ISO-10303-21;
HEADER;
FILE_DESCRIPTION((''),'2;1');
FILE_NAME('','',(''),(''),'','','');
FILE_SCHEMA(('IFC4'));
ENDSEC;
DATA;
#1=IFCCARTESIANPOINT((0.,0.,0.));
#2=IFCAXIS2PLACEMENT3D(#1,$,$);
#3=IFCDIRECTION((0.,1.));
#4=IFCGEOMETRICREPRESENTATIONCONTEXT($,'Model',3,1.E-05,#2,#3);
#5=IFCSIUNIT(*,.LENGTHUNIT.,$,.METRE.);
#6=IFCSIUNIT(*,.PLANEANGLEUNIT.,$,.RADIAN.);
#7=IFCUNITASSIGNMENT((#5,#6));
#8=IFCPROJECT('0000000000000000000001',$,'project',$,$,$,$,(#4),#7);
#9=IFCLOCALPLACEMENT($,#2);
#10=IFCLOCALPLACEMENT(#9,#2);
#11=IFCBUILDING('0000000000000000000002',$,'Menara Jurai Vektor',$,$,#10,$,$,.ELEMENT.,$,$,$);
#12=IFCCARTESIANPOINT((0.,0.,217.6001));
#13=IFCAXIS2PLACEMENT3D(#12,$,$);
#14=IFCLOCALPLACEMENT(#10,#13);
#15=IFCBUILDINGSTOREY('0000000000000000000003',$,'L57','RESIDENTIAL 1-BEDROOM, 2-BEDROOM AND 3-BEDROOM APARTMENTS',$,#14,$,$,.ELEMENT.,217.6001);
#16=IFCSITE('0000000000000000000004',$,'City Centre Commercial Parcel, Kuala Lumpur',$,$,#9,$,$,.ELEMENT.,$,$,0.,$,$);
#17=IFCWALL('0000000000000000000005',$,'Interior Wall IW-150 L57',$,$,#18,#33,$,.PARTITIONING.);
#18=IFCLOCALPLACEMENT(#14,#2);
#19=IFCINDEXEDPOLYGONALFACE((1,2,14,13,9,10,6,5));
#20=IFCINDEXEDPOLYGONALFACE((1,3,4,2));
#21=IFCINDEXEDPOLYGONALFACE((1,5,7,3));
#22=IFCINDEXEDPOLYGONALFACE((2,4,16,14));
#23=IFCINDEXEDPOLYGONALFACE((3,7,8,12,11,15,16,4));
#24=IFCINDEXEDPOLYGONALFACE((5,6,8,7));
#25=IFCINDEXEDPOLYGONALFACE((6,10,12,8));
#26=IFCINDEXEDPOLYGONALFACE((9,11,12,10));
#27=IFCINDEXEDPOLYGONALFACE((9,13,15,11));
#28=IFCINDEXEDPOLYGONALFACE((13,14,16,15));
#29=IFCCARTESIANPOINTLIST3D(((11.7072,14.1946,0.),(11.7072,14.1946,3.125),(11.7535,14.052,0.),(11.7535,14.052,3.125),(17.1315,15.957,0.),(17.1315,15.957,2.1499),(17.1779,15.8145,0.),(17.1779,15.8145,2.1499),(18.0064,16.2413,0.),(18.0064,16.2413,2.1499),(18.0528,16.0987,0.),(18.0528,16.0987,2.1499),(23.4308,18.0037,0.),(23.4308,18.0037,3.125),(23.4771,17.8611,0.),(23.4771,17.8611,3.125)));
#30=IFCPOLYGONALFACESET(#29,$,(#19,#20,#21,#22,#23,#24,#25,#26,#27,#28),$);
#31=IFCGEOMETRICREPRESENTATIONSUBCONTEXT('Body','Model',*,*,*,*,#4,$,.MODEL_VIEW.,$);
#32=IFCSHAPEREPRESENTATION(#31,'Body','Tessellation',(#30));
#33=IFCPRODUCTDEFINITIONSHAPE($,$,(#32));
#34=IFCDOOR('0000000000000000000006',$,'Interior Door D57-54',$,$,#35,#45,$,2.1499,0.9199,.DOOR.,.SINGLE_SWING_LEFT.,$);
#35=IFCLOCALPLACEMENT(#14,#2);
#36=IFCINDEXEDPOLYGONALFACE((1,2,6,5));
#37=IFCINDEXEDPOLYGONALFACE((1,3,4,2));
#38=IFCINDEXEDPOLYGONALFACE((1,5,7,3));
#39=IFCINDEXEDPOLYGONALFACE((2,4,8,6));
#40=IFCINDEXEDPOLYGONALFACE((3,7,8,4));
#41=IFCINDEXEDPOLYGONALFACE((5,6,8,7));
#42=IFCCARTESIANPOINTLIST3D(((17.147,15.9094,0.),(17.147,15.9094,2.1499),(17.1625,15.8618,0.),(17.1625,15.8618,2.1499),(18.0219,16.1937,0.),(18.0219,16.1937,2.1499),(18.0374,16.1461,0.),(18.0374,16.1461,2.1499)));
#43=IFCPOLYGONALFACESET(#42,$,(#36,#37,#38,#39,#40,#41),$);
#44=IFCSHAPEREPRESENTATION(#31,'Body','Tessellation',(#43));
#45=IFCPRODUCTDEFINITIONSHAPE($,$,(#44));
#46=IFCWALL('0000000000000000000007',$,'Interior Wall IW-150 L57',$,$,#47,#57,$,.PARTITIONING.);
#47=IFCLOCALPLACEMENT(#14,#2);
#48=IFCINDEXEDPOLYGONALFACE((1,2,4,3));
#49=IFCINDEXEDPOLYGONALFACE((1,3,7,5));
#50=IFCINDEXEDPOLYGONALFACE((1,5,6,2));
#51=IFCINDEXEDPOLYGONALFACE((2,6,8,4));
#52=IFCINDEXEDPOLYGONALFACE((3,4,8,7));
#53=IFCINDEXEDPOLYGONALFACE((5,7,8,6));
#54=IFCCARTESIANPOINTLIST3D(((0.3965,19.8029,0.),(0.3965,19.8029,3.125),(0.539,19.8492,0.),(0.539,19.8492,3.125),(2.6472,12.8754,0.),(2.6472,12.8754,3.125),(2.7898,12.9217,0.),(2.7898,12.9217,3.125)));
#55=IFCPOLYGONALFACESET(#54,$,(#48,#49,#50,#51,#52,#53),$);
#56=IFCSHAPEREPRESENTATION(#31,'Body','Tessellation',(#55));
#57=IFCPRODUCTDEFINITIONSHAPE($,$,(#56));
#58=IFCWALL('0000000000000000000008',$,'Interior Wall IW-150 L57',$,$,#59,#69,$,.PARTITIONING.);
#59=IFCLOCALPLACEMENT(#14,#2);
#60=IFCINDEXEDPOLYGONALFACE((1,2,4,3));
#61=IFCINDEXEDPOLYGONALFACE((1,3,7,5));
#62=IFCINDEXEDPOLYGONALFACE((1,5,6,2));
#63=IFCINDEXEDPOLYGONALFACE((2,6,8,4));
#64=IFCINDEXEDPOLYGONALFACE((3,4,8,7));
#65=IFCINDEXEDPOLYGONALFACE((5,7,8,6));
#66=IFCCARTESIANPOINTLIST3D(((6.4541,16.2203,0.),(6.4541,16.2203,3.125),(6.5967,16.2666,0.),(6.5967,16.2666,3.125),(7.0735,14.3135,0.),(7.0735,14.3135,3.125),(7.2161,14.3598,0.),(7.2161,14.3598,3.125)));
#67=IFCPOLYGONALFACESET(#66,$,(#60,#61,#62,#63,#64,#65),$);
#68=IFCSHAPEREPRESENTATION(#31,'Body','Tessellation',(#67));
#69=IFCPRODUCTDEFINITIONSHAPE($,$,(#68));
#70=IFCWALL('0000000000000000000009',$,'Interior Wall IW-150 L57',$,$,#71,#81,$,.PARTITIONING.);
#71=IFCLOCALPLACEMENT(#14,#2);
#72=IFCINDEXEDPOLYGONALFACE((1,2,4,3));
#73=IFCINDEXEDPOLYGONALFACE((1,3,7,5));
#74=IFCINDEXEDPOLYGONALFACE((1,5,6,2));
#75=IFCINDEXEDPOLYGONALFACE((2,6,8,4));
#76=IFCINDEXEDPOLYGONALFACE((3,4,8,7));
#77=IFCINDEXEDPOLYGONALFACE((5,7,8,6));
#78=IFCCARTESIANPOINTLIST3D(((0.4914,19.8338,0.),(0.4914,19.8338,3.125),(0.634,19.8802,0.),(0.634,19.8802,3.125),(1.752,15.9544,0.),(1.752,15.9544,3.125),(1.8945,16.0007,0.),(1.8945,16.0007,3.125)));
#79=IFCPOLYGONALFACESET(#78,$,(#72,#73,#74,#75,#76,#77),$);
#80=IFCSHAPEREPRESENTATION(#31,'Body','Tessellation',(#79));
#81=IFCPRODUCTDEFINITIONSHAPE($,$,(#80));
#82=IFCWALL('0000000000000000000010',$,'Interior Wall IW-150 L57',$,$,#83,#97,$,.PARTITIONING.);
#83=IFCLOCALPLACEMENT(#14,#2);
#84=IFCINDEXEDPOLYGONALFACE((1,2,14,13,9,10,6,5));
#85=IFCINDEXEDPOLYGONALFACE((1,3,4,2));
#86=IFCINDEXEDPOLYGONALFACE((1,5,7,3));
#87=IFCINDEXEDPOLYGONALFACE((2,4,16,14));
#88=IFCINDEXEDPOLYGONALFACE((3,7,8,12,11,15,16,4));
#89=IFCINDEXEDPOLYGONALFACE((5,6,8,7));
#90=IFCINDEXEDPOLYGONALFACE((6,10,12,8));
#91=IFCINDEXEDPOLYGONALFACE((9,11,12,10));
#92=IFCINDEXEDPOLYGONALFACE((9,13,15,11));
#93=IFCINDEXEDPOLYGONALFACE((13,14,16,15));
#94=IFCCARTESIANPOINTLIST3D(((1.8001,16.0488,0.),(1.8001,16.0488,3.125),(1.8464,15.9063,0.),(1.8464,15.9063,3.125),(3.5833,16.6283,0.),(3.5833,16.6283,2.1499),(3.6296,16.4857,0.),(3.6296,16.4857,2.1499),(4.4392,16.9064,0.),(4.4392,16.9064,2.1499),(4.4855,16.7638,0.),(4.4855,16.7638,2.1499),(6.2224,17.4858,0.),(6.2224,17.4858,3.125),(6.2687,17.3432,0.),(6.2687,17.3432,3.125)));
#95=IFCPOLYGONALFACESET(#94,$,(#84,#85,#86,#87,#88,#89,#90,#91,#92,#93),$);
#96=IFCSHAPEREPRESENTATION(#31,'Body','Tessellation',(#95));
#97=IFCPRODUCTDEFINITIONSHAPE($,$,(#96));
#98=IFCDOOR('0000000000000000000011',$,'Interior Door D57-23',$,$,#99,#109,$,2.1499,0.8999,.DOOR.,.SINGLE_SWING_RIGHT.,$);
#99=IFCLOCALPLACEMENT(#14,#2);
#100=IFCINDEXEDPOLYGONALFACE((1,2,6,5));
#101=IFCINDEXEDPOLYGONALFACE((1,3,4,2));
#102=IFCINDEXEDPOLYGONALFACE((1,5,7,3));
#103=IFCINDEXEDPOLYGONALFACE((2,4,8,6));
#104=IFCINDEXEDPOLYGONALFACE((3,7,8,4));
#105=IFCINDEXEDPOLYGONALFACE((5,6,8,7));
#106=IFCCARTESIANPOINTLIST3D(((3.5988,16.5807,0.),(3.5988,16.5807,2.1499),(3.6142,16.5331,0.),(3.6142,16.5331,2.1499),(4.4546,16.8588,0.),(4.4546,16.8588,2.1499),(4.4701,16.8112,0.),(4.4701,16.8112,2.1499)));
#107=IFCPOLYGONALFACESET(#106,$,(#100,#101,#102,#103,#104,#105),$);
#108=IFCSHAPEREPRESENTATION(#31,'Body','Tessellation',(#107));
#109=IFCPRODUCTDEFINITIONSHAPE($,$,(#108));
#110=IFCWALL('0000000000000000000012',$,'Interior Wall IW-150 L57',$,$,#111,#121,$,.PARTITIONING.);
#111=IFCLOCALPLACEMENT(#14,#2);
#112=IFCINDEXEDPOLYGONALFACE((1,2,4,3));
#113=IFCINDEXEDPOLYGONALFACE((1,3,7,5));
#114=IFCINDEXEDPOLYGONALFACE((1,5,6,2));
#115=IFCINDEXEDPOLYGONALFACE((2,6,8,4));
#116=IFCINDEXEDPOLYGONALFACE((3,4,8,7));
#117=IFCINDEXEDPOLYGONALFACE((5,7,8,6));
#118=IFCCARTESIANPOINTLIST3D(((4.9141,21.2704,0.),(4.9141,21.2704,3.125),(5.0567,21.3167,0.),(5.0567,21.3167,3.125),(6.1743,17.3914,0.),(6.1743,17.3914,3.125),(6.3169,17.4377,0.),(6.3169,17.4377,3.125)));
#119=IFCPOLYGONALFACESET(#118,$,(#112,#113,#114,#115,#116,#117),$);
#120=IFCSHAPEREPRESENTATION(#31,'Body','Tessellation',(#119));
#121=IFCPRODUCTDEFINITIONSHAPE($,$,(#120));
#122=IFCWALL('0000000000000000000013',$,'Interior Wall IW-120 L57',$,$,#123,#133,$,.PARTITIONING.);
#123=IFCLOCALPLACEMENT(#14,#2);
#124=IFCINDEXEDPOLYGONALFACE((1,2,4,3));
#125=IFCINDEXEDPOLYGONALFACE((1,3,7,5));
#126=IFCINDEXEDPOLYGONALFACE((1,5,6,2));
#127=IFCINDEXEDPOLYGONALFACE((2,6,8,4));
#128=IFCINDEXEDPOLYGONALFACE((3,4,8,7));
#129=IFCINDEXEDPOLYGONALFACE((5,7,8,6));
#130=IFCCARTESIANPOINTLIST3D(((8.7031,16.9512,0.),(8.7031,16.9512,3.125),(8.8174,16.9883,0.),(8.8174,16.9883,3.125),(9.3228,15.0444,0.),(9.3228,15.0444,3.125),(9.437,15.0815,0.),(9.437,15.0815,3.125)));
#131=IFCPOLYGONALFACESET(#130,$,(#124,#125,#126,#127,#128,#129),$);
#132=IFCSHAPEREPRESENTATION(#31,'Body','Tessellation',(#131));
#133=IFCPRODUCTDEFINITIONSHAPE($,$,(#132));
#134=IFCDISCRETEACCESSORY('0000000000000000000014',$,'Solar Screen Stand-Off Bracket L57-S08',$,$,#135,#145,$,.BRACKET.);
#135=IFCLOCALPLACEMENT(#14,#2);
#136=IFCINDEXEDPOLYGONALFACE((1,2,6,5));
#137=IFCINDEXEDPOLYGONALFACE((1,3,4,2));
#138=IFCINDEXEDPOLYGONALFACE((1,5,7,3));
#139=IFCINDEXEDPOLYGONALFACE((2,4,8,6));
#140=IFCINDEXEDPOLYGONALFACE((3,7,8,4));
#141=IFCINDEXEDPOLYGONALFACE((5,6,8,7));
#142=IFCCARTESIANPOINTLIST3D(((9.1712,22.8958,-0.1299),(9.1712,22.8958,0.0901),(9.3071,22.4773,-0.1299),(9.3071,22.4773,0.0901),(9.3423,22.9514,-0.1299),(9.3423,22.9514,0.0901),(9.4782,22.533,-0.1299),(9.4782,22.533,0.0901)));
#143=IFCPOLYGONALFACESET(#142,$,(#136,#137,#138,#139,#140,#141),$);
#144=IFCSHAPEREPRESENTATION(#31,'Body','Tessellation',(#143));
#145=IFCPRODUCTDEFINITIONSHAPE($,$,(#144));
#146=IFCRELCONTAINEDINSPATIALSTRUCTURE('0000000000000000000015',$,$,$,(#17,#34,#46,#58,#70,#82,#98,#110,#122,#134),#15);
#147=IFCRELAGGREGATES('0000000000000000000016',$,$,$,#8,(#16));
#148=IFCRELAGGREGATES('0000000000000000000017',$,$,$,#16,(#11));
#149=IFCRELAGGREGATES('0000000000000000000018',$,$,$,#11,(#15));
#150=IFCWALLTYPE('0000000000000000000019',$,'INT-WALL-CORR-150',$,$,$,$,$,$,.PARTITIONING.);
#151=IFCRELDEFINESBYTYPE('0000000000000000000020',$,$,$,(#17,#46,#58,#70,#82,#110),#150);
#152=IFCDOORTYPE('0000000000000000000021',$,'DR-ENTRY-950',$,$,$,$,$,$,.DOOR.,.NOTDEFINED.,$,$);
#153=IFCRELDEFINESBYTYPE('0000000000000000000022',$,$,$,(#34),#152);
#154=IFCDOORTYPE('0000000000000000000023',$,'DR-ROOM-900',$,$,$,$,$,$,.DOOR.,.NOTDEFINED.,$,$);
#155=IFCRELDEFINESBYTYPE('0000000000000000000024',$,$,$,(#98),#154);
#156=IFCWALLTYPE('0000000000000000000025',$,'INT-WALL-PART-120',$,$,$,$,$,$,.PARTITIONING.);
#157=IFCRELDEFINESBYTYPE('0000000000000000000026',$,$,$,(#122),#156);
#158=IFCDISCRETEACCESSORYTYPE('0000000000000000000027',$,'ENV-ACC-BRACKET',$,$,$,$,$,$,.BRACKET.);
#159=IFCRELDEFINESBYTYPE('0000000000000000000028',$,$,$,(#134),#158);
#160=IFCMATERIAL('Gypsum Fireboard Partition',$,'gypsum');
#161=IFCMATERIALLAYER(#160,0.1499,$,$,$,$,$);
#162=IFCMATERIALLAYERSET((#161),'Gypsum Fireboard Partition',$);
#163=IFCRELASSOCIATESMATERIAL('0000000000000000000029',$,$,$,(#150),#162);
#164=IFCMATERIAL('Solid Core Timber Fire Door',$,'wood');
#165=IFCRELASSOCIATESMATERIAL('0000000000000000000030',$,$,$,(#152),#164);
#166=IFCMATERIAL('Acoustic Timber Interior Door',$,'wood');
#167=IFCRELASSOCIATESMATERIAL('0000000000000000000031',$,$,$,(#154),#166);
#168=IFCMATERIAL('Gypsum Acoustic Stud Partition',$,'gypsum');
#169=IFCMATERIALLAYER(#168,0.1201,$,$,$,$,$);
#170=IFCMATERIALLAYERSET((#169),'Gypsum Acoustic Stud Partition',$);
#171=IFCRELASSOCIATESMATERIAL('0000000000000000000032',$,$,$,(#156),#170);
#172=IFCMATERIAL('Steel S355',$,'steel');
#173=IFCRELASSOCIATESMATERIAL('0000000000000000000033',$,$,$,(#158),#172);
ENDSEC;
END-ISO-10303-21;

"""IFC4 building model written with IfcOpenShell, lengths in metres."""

from ifc_helpers import new_model, si_unit, direction, frame, frame_2d, origin, origin_2d, place, context, subcontext, project, spatial, rectangle, extrude, material, layer, layer_set, type_object, element, fill, save


model = new_model("IFC4")

# Units and contexts
model_context = context("Model", 3, precision=1e-05, world=origin(), true_north=direction((0.0, 1.0)))
body_context = subcontext(model_context, "Body", "Model", "MODEL_VIEW")
ifc_project = project(units=[si_unit("LENGTHUNIT", "METRE"), si_unit("PLANEANGLEUNIT", "RADIAN")], contexts=[model_context])

# Site, building, storey
site_placement = place(None, origin())
site = spatial("IfcSite", under=ifc_project, at=site_placement, Name="City Centre Commercial Parcel, Kuala Lumpur", CompositionType="ELEMENT", RefElevation=0.0)
building_placement = place(site_placement, origin())
building = spatial("IfcBuilding", under=site, at=building_placement, Name="Menara Jurai Vektor", CompositionType="ELEMENT")
storey_placement = place(building_placement, frame((0.0, 0.0, 217.6001)))
storey = spatial("IfcBuildingStorey", under=building, at=storey_placement, Name="L57", Description="RESIDENTIAL 1-BEDROOM, 2-BEDROOM AND 3-BEDROOM APARTMENTS", CompositionType="ELEMENT", Elevation=217.6001)

# Shared definitions
ifc_material_1 = material(Name="Steel S355", Category="steel")

# Shared definitions
ifc_material_2 = material(Name="Gypsum Fireboard Partition", Category="gypsum")
ifc_layer_1 = layer(ifc_material_2, 0.1499)
ifc_layer_set_1 = layer_set([ifc_layer_1], Name="Gypsum Fireboard Partition")
wall_type_1 = type_object("IfcWallType", Name="INT-WALL-CORR-150", PredefinedType="PARTITIONING", material=ifc_layer_set_1)

# Wall, opening, door
wall_1_placement = place(storey_placement, frame((11.7302, 14.1233, 0.0), z_axis=(0.0, 0.0, 1.0), x_axis=(0.95106, 0.309005, 0.0)))
wall_1 = element("IfcWall", 1, at=wall_1_placement, inside=storey, type_object=wall_type_1, Name="Interior Wall IW-150 L57", PredefinedType="PARTITIONING", context=body_context, shape_type="SweptSolid", body=[
    extrude(rectangle(XDim=12.3269, YDim=0.1499, at=frame_2d((6.1636, 0.0))), origin(), (0.0, 0.0, 1.0), 3.125),
])
opening_1_placement = place(wall_1_placement, frame((5.7036, 0.0, 0.0)))
opening_1 = element("IfcOpeningElement", 2, at=opening_1_placement, cuts=wall_1, PredefinedType="OPENING", context=body_context, shape_type="SweptSolid", body=[
    extrude(rectangle(XDim=0.9199, YDim=2.1499, at=frame_2d((0.46, 1.075))), frame((0.0, 0.085, 0.0), z_axis=(0.0, -1.0, 0.0), x_axis=(1.0, 0.0, 0.0)), (0.0, 0.0, 1.0), 0.1699),
])
ifc_material_3 = material(Name="Solid Core Timber Fire Door", Category="wood")
door_type_1 = type_object("IfcDoorType", Name="DR-ENTRY-950", OperationType="NOTDEFINED", PredefinedType="DOOR", material=ifc_material_3)
door_1_placement = place(opening_1_placement, origin())
door_1 = element("IfcDoor", 3, at=door_1_placement, inside=storey, type_object=door_type_1, Name="Interior Door D57-54", OperationType="SINGLE_SWING_LEFT", OverallHeight=2.1499, OverallWidth=0.9199, PredefinedType="DOOR", context=body_context, shape_type="SweptSolid", body=[
    extrude(rectangle(XDim=0.9199, YDim=2.1499, at=frame_2d((0.46, 1.075))), frame((0.0, 0.0249, 0.0), z_axis=(0.0, -1.0, 0.0), x_axis=(1.0, 0.0, 0.0)), (0.0, 0.0, 1.0), 0.05),
])
fill(opening_1, door_1)

# Walls
wall_2_placement = place(storey_placement, frame((2.7185, 12.8984, 0.0), z_axis=(0.0, 0.0, 1.0), x_axis=(-0.308999, 0.951062, 0.0)))
element("IfcWall", 4, at=wall_2_placement, inside=storey, type_object=wall_type_1, Name="Interior Wall IW-150 L57", PredefinedType="PARTITIONING", context=body_context, shape_type="SweptSolid", body=[
    extrude(rectangle(XDim=7.2839, YDim=0.1499, at=frame_2d((3.6421, 0.0))), origin(), (0.0, 0.0, 1.0), 3.125),
])
wall_3_placement = place(storey_placement, frame((7.1448, 14.3367, 0.0), z_axis=(0.0, 0.0, 1.0), x_axis=(-0.308948, 0.951079, 0.0)))
element("IfcWall", 5, at=wall_3_placement, inside=storey, type_object=wall_type_1, Name="Interior Wall IW-150 L57", PredefinedType="PARTITIONING", context=body_context, shape_type="SweptSolid", body=[
    extrude(rectangle(XDim=2.0049, YDim=0.1499, at=frame_2d((1.0024, 0.0))), origin(), (0.0, 0.0, 1.0), 3.125),
])

# Shared definitions
ifc_material_4 = material(Name="Acoustic Timber Interior Door", Category="wood")
door_type_2 = type_object("IfcDoorType", Name="DR-ROOM-900", OperationType="NOTDEFINED", PredefinedType="DOOR", material=ifc_material_4)

# Wall
wall_4_placement = place(storey_placement, frame((1.8232, 15.9775, 0.0), z_axis=(0.0, 0.0, 1.0), x_axis=(-0.309018, 0.951056, 0.0)))
element("IfcWall", 6, at=wall_4_placement, inside=storey, type_object=wall_type_1, Name="Interior Wall IW-150 L57", PredefinedType="PARTITIONING", context=body_context, shape_type="SweptSolid", body=[
    extrude(rectangle(XDim=4.0791, YDim=0.1499, at=frame_2d((2.0396, 0.0))), origin(), (0.0, 0.0, 1.0), 3.125),
])

# Wall, opening, door
wall_5_placement = place(storey_placement, frame((1.8232, 15.9775, 0.0), z_axis=(0.0, 0.0, 1.0), x_axis=(0.95105, 0.309036, 0.0)))
wall_5 = element("IfcWall", 7, at=wall_5_placement, inside=storey, type_object=wall_type_1, Name="Interior Wall IW-150 L57", PredefinedType="PARTITIONING", context=body_context, shape_type="SweptSolid", body=[
    extrude(rectangle(XDim=4.6499, YDim=0.1499, at=frame_2d((2.325, 0.0))), origin(), (0.0, 0.0, 1.0), 3.125),
])
opening_2_placement = place(wall_5_placement, frame((1.875, 0.0, 0.0)))
opening_2 = element("IfcOpeningElement", 8, at=opening_2_placement, cuts=wall_5, PredefinedType="OPENING", context=body_context, shape_type="SweptSolid", body=[
    extrude(rectangle(XDim=0.8999, YDim=2.1499, at=frame_2d((0.45, 1.075))), frame((0.0, 0.085, 0.0), z_axis=(0.0, -1.0, 0.0), x_axis=(1.0, 0.0, 0.0)), (0.0, 0.0, 1.0), 0.1699),
])
door_2_placement = place(opening_2_placement, origin())
door_2 = element("IfcDoor", 9, at=door_2_placement, inside=storey, type_object=door_type_2, Name="Interior Door D57-23", OperationType="SINGLE_SWING_RIGHT", OverallHeight=2.1499, OverallWidth=0.8999, PredefinedType="DOOR", context=body_context, shape_type="SweptSolid", body=[
    extrude(rectangle(XDim=0.8999, YDim=2.1499, at=frame_2d((0.45, 1.075))), frame((0.0, 0.0249, 0.0), z_axis=(0.0, -1.0, 0.0), x_axis=(1.0, 0.0, 0.0)), (0.0, 0.0, 1.0), 0.05),
])
fill(opening_2, door_2)

# Walls
wall_6_placement = place(storey_placement, frame((6.2456, 17.4146, 0.0), z_axis=(0.0, 0.0, 1.0), x_axis=(-0.308982, 0.951068, 0.0)))
element("IfcWall", 10, at=wall_6_placement, inside=storey, type_object=wall_type_1, Name="Interior Wall IW-150 L57", PredefinedType="PARTITIONING", context=body_context, shape_type="SweptSolid", body=[
    extrude(rectangle(XDim=4.0786, YDim=0.1499, at=frame_2d((2.0393, 0.0))), origin(), (0.0, 0.0, 1.0), 3.125),
])
ifc_material_5 = material(Name="Gypsum Acoustic Stud Partition", Category="gypsum")
ifc_layer_2 = layer(ifc_material_5, 0.1201)
ifc_layer_set_2 = layer_set([ifc_layer_2], Name="Gypsum Acoustic Stud Partition")
wall_type_2 = type_object("IfcWallType", Name="INT-WALL-PART-120", PredefinedType="PARTITIONING", material=ifc_layer_set_2)
wall_7_placement = place(storey_placement, frame((9.3799, 15.063, 0.0), z_axis=(0.0, 0.0, 1.0), x_axis=(-0.309059, 0.951043, 0.0)))
element("IfcWall", 11, at=wall_7_placement, inside=storey, type_object=wall_type_2, Name="Interior Wall IW-120 L57", PredefinedType="PARTITIONING", context=body_context, shape_type="SweptSolid", body=[
    extrude(rectangle(XDim=2.0049, YDim=0.1201, at=frame_2d((1.0024, 0.0))), origin(), (0.0, 0.0, 1.0), 3.125),
])

# Discrete accessory
discrete_accessory_type = type_object("IfcDiscreteAccessoryType", Name="ENV-ACC-BRACKET", PredefinedType="BRACKET", material=ifc_material_1)
discrete_accessory_placement = place(storey_placement, frame((9.3247, 22.7144, -0.1299), z_axis=(0.0, 0.0, 1.0), x_axis=(-0.951057, -0.309017, 0.0)))
element("IfcDiscreteAccessory", 12, at=discrete_accessory_placement, inside=storey, type_object=discrete_accessory_type, Name="Solar Screen Stand-Off Bracket L57-S08", PredefinedType="BRACKET", context=body_context, shape_type="SweptSolid", body=[
    extrude(rectangle(XDim=0.1799, YDim=0.4399, at=origin_2d()), origin(), (0.0, 0.0, 1.0), 0.22),
])

save(model, "model.ifc")
